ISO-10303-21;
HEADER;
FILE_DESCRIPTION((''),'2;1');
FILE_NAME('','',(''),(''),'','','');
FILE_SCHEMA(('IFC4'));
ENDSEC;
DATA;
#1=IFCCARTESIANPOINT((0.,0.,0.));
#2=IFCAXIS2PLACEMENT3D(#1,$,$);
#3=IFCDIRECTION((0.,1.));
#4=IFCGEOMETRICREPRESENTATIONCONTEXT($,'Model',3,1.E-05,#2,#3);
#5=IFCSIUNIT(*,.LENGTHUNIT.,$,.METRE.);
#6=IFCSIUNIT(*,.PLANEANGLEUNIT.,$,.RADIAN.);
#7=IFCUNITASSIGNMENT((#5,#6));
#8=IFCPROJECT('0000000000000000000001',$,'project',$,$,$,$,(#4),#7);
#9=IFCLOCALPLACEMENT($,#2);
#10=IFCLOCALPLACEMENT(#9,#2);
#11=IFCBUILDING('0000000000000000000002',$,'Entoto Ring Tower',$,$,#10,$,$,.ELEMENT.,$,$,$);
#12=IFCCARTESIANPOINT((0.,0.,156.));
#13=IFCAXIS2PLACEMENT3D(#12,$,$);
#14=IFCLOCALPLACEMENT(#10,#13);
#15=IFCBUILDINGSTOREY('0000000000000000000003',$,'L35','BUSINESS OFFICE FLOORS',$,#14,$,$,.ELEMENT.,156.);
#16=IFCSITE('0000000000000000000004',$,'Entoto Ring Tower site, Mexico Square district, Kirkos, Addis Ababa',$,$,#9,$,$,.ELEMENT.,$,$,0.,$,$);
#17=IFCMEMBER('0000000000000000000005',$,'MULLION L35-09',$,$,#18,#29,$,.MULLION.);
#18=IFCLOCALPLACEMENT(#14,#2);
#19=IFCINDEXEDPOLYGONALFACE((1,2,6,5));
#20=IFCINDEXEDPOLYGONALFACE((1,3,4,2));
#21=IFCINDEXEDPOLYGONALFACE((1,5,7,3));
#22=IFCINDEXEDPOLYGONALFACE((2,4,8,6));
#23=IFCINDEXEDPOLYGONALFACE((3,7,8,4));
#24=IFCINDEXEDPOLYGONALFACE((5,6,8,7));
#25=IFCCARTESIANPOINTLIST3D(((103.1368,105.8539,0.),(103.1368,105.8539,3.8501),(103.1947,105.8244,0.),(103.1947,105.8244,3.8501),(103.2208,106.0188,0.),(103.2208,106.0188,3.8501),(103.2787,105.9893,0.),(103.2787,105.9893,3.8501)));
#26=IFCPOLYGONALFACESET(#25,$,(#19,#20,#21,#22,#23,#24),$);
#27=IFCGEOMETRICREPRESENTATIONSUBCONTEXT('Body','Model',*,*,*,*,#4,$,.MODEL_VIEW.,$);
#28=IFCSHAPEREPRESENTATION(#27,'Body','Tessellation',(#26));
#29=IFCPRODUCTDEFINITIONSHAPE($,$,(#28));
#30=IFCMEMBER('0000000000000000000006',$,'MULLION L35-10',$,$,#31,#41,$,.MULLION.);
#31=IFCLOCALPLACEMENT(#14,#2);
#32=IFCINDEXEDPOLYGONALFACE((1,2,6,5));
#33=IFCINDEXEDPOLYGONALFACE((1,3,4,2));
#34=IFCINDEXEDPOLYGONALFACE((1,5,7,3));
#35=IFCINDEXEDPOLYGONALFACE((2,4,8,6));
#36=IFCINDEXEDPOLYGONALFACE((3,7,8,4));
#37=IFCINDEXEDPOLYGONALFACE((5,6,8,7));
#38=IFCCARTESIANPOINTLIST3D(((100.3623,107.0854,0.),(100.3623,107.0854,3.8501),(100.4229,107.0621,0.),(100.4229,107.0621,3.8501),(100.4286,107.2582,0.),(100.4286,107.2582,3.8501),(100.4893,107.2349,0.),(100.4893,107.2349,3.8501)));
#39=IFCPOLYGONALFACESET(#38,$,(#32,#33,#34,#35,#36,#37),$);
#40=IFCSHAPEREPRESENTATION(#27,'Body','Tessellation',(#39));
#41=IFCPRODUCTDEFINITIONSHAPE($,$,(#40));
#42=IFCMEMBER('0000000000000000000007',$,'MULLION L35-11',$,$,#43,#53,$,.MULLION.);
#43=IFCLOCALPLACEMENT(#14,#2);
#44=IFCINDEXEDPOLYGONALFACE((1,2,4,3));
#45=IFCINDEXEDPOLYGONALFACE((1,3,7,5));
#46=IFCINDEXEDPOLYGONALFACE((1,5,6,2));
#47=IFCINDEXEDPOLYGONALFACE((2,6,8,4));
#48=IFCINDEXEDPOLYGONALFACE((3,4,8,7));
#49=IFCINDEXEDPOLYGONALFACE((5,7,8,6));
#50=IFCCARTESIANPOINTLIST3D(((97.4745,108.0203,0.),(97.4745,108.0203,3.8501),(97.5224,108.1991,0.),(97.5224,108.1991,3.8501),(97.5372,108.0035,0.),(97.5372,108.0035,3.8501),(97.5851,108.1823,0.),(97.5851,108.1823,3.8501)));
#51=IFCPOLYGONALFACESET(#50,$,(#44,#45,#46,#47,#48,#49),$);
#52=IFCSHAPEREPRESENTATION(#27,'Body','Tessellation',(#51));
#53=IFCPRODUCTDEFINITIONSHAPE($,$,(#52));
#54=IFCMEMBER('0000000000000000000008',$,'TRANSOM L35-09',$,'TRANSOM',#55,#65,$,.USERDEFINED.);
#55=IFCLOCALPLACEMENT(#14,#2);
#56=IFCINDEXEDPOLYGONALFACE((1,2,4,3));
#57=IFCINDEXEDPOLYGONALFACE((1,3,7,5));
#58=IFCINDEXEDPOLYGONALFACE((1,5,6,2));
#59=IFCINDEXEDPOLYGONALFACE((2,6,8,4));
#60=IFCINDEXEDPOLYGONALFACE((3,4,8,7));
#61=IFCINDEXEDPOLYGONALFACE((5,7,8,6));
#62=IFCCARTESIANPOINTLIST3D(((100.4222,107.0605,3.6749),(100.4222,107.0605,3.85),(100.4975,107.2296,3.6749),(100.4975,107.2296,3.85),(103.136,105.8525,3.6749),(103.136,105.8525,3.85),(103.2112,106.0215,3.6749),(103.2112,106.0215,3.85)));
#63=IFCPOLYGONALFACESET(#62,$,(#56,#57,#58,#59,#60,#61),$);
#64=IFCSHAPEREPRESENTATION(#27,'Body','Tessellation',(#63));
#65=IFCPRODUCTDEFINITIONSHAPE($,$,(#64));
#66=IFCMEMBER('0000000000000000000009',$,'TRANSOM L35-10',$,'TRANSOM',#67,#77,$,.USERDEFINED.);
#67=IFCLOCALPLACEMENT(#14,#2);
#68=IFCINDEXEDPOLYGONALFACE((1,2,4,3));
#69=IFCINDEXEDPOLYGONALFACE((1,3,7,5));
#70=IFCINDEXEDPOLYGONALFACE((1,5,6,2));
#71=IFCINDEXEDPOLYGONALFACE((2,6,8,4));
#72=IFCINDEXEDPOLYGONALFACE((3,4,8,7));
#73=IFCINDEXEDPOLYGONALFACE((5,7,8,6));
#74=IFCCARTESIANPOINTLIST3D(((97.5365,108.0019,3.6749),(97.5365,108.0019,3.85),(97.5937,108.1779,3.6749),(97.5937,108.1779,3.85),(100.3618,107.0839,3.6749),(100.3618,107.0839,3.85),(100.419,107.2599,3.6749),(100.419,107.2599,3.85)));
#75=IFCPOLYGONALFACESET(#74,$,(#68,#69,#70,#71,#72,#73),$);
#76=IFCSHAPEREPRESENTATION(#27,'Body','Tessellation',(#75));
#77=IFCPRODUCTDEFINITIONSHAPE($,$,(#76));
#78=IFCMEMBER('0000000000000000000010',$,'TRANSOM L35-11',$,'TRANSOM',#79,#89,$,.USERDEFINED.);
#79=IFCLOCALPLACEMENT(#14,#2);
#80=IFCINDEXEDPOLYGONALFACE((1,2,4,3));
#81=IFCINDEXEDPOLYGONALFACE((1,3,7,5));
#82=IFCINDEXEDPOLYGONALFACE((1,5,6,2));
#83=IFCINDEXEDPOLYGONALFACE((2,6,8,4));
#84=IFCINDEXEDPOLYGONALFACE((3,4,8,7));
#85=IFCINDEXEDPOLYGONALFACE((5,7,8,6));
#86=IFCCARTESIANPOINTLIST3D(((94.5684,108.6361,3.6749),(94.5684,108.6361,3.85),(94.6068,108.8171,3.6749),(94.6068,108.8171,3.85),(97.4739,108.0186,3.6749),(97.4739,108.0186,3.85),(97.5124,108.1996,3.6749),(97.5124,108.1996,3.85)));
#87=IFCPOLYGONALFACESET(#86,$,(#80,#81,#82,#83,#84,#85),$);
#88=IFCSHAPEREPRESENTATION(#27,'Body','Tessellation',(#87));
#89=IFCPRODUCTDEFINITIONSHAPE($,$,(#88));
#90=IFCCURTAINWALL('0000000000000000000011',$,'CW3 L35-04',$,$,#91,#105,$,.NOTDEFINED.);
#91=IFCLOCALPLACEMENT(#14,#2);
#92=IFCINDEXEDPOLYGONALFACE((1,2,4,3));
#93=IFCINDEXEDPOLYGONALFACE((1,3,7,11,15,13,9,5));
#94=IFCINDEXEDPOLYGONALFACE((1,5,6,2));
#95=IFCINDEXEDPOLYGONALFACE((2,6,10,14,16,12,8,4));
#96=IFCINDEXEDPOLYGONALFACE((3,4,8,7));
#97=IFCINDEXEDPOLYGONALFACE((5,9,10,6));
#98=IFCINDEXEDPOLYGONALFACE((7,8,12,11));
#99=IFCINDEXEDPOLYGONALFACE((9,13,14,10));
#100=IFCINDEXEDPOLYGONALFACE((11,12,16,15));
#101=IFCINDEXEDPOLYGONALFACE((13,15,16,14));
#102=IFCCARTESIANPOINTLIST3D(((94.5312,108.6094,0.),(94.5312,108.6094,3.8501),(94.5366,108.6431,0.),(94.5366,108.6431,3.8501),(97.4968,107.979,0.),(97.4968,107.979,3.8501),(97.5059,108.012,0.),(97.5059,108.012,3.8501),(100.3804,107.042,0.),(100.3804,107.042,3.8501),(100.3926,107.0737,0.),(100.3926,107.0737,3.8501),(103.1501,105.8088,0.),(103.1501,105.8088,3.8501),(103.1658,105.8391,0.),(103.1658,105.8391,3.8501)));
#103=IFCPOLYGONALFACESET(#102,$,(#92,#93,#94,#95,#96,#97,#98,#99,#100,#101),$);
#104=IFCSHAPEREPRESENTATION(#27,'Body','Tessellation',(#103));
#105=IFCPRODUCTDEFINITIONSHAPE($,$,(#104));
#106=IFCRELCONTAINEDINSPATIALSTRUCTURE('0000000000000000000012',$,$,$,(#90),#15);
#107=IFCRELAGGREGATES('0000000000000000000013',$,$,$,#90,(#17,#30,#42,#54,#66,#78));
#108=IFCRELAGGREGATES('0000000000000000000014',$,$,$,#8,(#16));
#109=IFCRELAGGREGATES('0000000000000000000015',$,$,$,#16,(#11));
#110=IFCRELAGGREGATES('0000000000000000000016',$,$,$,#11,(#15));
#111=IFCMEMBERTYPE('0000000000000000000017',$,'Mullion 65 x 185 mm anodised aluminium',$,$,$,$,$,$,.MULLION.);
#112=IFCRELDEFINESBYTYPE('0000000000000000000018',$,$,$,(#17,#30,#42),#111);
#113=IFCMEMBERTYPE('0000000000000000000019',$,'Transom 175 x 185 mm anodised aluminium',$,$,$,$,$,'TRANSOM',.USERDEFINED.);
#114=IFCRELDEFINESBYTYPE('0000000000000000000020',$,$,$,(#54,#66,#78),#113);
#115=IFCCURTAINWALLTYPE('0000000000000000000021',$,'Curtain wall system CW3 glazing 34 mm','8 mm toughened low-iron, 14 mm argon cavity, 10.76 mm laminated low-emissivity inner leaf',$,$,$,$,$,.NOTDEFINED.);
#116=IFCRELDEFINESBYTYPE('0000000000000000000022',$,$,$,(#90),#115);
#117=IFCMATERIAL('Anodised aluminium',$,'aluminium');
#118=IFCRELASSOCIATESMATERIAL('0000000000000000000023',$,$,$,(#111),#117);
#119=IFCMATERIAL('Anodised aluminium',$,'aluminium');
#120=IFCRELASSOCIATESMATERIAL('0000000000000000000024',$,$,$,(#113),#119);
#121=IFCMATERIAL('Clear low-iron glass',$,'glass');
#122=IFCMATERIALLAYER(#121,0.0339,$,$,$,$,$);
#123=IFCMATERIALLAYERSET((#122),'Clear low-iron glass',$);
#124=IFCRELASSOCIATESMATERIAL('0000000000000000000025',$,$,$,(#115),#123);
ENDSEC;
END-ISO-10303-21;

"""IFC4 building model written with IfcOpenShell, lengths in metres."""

from ifc_helpers import new_model, si_unit, direction, frame, origin, origin_2d, place, context, subcontext, project, spatial, polyline, rectangle, outline, extrude, material, layer, layer_set, material_profile, profile_set, type_object, element, aggregate, save


model = new_model("IFC4")

# Units and contexts
model_context = context("Model", 3, precision=1e-05, world=origin(), true_north=direction((0.0, 1.0)))
body_context = subcontext(model_context, "Body", "Model", "MODEL_VIEW")
ifc_project = project(units=[si_unit("LENGTHUNIT", "METRE"), si_unit("PLANEANGLEUNIT", "RADIAN")], contexts=[model_context])

# Members
ifc_material_1 = material(Name="Anodised aluminium", Category="aluminium")
ifc_material_profile_1 = material_profile(ifc_material_1, rectangle(XDim=0.0649, YDim=0.1851, at=origin_2d()), Name="Mullion 65 x 185 mm anodised aluminium")
ifc_profile_set_1 = profile_set([ifc_material_profile_1], Name="Anodised aluminium")
member_type_1 = type_object("IfcMemberType", Name="Mullion 65 x 185 mm anodised aluminium", PredefinedType="MULLION", material=ifc_profile_set_1)
site_placement = place(None, origin())
building_placement = place(site_placement, origin())
storey_placement = place(building_placement, frame((0.0, 0.0, 156.0)))
member_1_placement = place(storey_placement, frame((103.2078, 105.9216, 0.0), z_axis=(0.0, 0.0, 1.0), x_axis=(-0.891007, 0.45399, 0.0)))
member_1 = element("IfcMember", 1, at=member_1_placement, type_object=member_type_1, Name="MULLION L35-09", PredefinedType="MULLION", context=body_context, shape_type="SweptSolid", body=[
    extrude(rectangle(XDim=0.0649, YDim=0.1851, at=origin_2d()), origin(), (0.0, 0.0, 1.0), 3.8501),
])
member_2_placement = place(storey_placement, frame((100.4258, 107.1602, 0.0), z_axis=(0.0, 0.0, 1.0), x_axis=(-0.93358, 0.358368, 0.0)))
member_2 = element("IfcMember", 2, at=member_2_placement, type_object=member_type_1, Name="MULLION L35-10", PredefinedType="MULLION", context=body_context, shape_type="SweptSolid", body=[
    extrude(rectangle(XDim=0.0649, YDim=0.1851, at=origin_2d()), origin(), (0.0, 0.0, 1.0), 3.8501),
])
member_3_placement = place(storey_placement, frame((97.5298, 108.1013, 0.0), z_axis=(0.0, 0.0, 1.0), x_axis=(-0.965926, 0.258819, 0.0)))
member_3 = element("IfcMember", 3, at=member_3_placement, type_object=member_type_1, Name="MULLION L35-11", PredefinedType="MULLION", context=body_context, shape_type="SweptSolid", body=[
    extrude(rectangle(XDim=0.0649, YDim=0.1851, at=origin_2d()), origin(), (0.0, 0.0, 1.0), 3.8501),
])
ifc_material_2 = material(Name="Anodised aluminium", Category="aluminium")
ifc_material_profile_2 = material_profile(ifc_material_2, rectangle(XDim=0.1851, YDim=0.175, at=origin_2d()), Name="Transom 175 x 185 mm anodised aluminium")
ifc_profile_set_2 = profile_set([ifc_material_profile_2], Name="Anodised aluminium")
member_type_2 = type_object("IfcMemberType", Name="Transom 175 x 185 mm anodised aluminium", ElementType="TRANSOM", PredefinedType="USERDEFINED", material=ifc_profile_set_2)
member_4_placement = place(storey_placement, frame((103.1736, 105.937, 3.7625), z_axis=(-0.913567, 0.406687, 0.0), x_axis=(-0.406687, -0.913567, 0.0)))
member_4 = element("IfcMember", 4, at=member_4_placement, type_object=member_type_2, Name="TRANSOM L35-09", ObjectType="TRANSOM", PredefinedType="USERDEFINED", context=body_context, shape_type="SweptSolid", body=[
    extrude(rectangle(XDim=0.1851, YDim=0.175, at=origin_2d()), origin(), (0.0, 0.0, 1.0), 2.9705),
])
member_5_placement = place(storey_placement, frame((100.3904, 107.1719, 3.7625), z_axis=(-0.951056, 0.309019, 0.0), x_axis=(-0.309019, -0.951056, 0.0)))
member_5 = element("IfcMember", 5, at=member_5_placement, type_object=member_type_2, Name="TRANSOM L35-10", ObjectType="TRANSOM", PredefinedType="USERDEFINED", context=body_context, shape_type="SweptSolid", body=[
    extrude(rectangle(XDim=0.1851, YDim=0.175, at=origin_2d()), origin(), (0.0, 0.0, 1.0), 2.9707),
])
member_6_placement = place(storey_placement, frame((97.4932, 108.1091, 3.7625), z_axis=(-0.978158, 0.207862, 0.0), x_axis=(-0.207862, -0.978158, 0.0)))
member_6 = element("IfcMember", 6, at=member_6_placement, type_object=member_type_2, Name="TRANSOM L35-11", ObjectType="TRANSOM", PredefinedType="USERDEFINED", context=body_context, shape_type="SweptSolid", body=[
    extrude(rectangle(XDim=0.1851, YDim=0.175, at=origin_2d()), origin(), (0.0, 0.0, 1.0), 2.9705),
])

# Site, building, storey
site = spatial("IfcSite", under=ifc_project, at=site_placement, Name="Entoto Ring Tower site, Mexico Square district, Kirkos, Addis Ababa", CompositionType="ELEMENT", RefElevation=0.0)
building = spatial("IfcBuilding", under=site, at=building_placement, Name="Entoto Ring Tower", CompositionType="ELEMENT")
storey = spatial("IfcBuildingStorey", under=building, at=storey_placement, Name="L35", Description="BUSINESS OFFICE FLOORS", CompositionType="ELEMENT", Elevation=156.0)

# Curtain wall
ifc_material_3 = material(Name="Clear low-iron glass", Category="glass")
ifc_layer = layer(ifc_material_3, 0.0339)
ifc_layer_set = layer_set([ifc_layer], Name="Clear low-iron glass")
curtain_wall_type = type_object("IfcCurtainWallType", Name="Curtain wall system CW3 glazing 34 mm", Description="8 mm toughened low-iron, 14 mm argon cavity, 10.76 mm laminated low-emissivity inner leaf", PredefinedType="NOTDEFINED", material=ifc_layer_set)
curtain_wall_1_placement = place(storey_placement, origin())
curtain_wall_1 = element("IfcCurtainWall", 7, at=curtain_wall_1_placement, inside=storey, type_object=curtain_wall_type, Name="CW3 L35-04", PredefinedType="NOTDEFINED", context=body_context, shape_type="SweptSolid", body=[
    extrude(outline(polyline([(103.1658, 105.8391), (100.3926, 107.0737), (97.5059, 108.012), (94.5366, 108.6431), (94.5312, 108.6094), (97.4968, 107.979), (100.3804, 107.042), (103.1501, 105.8088), (103.1658, 105.8391)])), origin(), (0.0, 0.0, 1.0), 3.8501),
])
aggregate(curtain_wall_1, [member_1, member_2, member_3, member_4, member_5, member_6])

save(model, "model.ifc")
